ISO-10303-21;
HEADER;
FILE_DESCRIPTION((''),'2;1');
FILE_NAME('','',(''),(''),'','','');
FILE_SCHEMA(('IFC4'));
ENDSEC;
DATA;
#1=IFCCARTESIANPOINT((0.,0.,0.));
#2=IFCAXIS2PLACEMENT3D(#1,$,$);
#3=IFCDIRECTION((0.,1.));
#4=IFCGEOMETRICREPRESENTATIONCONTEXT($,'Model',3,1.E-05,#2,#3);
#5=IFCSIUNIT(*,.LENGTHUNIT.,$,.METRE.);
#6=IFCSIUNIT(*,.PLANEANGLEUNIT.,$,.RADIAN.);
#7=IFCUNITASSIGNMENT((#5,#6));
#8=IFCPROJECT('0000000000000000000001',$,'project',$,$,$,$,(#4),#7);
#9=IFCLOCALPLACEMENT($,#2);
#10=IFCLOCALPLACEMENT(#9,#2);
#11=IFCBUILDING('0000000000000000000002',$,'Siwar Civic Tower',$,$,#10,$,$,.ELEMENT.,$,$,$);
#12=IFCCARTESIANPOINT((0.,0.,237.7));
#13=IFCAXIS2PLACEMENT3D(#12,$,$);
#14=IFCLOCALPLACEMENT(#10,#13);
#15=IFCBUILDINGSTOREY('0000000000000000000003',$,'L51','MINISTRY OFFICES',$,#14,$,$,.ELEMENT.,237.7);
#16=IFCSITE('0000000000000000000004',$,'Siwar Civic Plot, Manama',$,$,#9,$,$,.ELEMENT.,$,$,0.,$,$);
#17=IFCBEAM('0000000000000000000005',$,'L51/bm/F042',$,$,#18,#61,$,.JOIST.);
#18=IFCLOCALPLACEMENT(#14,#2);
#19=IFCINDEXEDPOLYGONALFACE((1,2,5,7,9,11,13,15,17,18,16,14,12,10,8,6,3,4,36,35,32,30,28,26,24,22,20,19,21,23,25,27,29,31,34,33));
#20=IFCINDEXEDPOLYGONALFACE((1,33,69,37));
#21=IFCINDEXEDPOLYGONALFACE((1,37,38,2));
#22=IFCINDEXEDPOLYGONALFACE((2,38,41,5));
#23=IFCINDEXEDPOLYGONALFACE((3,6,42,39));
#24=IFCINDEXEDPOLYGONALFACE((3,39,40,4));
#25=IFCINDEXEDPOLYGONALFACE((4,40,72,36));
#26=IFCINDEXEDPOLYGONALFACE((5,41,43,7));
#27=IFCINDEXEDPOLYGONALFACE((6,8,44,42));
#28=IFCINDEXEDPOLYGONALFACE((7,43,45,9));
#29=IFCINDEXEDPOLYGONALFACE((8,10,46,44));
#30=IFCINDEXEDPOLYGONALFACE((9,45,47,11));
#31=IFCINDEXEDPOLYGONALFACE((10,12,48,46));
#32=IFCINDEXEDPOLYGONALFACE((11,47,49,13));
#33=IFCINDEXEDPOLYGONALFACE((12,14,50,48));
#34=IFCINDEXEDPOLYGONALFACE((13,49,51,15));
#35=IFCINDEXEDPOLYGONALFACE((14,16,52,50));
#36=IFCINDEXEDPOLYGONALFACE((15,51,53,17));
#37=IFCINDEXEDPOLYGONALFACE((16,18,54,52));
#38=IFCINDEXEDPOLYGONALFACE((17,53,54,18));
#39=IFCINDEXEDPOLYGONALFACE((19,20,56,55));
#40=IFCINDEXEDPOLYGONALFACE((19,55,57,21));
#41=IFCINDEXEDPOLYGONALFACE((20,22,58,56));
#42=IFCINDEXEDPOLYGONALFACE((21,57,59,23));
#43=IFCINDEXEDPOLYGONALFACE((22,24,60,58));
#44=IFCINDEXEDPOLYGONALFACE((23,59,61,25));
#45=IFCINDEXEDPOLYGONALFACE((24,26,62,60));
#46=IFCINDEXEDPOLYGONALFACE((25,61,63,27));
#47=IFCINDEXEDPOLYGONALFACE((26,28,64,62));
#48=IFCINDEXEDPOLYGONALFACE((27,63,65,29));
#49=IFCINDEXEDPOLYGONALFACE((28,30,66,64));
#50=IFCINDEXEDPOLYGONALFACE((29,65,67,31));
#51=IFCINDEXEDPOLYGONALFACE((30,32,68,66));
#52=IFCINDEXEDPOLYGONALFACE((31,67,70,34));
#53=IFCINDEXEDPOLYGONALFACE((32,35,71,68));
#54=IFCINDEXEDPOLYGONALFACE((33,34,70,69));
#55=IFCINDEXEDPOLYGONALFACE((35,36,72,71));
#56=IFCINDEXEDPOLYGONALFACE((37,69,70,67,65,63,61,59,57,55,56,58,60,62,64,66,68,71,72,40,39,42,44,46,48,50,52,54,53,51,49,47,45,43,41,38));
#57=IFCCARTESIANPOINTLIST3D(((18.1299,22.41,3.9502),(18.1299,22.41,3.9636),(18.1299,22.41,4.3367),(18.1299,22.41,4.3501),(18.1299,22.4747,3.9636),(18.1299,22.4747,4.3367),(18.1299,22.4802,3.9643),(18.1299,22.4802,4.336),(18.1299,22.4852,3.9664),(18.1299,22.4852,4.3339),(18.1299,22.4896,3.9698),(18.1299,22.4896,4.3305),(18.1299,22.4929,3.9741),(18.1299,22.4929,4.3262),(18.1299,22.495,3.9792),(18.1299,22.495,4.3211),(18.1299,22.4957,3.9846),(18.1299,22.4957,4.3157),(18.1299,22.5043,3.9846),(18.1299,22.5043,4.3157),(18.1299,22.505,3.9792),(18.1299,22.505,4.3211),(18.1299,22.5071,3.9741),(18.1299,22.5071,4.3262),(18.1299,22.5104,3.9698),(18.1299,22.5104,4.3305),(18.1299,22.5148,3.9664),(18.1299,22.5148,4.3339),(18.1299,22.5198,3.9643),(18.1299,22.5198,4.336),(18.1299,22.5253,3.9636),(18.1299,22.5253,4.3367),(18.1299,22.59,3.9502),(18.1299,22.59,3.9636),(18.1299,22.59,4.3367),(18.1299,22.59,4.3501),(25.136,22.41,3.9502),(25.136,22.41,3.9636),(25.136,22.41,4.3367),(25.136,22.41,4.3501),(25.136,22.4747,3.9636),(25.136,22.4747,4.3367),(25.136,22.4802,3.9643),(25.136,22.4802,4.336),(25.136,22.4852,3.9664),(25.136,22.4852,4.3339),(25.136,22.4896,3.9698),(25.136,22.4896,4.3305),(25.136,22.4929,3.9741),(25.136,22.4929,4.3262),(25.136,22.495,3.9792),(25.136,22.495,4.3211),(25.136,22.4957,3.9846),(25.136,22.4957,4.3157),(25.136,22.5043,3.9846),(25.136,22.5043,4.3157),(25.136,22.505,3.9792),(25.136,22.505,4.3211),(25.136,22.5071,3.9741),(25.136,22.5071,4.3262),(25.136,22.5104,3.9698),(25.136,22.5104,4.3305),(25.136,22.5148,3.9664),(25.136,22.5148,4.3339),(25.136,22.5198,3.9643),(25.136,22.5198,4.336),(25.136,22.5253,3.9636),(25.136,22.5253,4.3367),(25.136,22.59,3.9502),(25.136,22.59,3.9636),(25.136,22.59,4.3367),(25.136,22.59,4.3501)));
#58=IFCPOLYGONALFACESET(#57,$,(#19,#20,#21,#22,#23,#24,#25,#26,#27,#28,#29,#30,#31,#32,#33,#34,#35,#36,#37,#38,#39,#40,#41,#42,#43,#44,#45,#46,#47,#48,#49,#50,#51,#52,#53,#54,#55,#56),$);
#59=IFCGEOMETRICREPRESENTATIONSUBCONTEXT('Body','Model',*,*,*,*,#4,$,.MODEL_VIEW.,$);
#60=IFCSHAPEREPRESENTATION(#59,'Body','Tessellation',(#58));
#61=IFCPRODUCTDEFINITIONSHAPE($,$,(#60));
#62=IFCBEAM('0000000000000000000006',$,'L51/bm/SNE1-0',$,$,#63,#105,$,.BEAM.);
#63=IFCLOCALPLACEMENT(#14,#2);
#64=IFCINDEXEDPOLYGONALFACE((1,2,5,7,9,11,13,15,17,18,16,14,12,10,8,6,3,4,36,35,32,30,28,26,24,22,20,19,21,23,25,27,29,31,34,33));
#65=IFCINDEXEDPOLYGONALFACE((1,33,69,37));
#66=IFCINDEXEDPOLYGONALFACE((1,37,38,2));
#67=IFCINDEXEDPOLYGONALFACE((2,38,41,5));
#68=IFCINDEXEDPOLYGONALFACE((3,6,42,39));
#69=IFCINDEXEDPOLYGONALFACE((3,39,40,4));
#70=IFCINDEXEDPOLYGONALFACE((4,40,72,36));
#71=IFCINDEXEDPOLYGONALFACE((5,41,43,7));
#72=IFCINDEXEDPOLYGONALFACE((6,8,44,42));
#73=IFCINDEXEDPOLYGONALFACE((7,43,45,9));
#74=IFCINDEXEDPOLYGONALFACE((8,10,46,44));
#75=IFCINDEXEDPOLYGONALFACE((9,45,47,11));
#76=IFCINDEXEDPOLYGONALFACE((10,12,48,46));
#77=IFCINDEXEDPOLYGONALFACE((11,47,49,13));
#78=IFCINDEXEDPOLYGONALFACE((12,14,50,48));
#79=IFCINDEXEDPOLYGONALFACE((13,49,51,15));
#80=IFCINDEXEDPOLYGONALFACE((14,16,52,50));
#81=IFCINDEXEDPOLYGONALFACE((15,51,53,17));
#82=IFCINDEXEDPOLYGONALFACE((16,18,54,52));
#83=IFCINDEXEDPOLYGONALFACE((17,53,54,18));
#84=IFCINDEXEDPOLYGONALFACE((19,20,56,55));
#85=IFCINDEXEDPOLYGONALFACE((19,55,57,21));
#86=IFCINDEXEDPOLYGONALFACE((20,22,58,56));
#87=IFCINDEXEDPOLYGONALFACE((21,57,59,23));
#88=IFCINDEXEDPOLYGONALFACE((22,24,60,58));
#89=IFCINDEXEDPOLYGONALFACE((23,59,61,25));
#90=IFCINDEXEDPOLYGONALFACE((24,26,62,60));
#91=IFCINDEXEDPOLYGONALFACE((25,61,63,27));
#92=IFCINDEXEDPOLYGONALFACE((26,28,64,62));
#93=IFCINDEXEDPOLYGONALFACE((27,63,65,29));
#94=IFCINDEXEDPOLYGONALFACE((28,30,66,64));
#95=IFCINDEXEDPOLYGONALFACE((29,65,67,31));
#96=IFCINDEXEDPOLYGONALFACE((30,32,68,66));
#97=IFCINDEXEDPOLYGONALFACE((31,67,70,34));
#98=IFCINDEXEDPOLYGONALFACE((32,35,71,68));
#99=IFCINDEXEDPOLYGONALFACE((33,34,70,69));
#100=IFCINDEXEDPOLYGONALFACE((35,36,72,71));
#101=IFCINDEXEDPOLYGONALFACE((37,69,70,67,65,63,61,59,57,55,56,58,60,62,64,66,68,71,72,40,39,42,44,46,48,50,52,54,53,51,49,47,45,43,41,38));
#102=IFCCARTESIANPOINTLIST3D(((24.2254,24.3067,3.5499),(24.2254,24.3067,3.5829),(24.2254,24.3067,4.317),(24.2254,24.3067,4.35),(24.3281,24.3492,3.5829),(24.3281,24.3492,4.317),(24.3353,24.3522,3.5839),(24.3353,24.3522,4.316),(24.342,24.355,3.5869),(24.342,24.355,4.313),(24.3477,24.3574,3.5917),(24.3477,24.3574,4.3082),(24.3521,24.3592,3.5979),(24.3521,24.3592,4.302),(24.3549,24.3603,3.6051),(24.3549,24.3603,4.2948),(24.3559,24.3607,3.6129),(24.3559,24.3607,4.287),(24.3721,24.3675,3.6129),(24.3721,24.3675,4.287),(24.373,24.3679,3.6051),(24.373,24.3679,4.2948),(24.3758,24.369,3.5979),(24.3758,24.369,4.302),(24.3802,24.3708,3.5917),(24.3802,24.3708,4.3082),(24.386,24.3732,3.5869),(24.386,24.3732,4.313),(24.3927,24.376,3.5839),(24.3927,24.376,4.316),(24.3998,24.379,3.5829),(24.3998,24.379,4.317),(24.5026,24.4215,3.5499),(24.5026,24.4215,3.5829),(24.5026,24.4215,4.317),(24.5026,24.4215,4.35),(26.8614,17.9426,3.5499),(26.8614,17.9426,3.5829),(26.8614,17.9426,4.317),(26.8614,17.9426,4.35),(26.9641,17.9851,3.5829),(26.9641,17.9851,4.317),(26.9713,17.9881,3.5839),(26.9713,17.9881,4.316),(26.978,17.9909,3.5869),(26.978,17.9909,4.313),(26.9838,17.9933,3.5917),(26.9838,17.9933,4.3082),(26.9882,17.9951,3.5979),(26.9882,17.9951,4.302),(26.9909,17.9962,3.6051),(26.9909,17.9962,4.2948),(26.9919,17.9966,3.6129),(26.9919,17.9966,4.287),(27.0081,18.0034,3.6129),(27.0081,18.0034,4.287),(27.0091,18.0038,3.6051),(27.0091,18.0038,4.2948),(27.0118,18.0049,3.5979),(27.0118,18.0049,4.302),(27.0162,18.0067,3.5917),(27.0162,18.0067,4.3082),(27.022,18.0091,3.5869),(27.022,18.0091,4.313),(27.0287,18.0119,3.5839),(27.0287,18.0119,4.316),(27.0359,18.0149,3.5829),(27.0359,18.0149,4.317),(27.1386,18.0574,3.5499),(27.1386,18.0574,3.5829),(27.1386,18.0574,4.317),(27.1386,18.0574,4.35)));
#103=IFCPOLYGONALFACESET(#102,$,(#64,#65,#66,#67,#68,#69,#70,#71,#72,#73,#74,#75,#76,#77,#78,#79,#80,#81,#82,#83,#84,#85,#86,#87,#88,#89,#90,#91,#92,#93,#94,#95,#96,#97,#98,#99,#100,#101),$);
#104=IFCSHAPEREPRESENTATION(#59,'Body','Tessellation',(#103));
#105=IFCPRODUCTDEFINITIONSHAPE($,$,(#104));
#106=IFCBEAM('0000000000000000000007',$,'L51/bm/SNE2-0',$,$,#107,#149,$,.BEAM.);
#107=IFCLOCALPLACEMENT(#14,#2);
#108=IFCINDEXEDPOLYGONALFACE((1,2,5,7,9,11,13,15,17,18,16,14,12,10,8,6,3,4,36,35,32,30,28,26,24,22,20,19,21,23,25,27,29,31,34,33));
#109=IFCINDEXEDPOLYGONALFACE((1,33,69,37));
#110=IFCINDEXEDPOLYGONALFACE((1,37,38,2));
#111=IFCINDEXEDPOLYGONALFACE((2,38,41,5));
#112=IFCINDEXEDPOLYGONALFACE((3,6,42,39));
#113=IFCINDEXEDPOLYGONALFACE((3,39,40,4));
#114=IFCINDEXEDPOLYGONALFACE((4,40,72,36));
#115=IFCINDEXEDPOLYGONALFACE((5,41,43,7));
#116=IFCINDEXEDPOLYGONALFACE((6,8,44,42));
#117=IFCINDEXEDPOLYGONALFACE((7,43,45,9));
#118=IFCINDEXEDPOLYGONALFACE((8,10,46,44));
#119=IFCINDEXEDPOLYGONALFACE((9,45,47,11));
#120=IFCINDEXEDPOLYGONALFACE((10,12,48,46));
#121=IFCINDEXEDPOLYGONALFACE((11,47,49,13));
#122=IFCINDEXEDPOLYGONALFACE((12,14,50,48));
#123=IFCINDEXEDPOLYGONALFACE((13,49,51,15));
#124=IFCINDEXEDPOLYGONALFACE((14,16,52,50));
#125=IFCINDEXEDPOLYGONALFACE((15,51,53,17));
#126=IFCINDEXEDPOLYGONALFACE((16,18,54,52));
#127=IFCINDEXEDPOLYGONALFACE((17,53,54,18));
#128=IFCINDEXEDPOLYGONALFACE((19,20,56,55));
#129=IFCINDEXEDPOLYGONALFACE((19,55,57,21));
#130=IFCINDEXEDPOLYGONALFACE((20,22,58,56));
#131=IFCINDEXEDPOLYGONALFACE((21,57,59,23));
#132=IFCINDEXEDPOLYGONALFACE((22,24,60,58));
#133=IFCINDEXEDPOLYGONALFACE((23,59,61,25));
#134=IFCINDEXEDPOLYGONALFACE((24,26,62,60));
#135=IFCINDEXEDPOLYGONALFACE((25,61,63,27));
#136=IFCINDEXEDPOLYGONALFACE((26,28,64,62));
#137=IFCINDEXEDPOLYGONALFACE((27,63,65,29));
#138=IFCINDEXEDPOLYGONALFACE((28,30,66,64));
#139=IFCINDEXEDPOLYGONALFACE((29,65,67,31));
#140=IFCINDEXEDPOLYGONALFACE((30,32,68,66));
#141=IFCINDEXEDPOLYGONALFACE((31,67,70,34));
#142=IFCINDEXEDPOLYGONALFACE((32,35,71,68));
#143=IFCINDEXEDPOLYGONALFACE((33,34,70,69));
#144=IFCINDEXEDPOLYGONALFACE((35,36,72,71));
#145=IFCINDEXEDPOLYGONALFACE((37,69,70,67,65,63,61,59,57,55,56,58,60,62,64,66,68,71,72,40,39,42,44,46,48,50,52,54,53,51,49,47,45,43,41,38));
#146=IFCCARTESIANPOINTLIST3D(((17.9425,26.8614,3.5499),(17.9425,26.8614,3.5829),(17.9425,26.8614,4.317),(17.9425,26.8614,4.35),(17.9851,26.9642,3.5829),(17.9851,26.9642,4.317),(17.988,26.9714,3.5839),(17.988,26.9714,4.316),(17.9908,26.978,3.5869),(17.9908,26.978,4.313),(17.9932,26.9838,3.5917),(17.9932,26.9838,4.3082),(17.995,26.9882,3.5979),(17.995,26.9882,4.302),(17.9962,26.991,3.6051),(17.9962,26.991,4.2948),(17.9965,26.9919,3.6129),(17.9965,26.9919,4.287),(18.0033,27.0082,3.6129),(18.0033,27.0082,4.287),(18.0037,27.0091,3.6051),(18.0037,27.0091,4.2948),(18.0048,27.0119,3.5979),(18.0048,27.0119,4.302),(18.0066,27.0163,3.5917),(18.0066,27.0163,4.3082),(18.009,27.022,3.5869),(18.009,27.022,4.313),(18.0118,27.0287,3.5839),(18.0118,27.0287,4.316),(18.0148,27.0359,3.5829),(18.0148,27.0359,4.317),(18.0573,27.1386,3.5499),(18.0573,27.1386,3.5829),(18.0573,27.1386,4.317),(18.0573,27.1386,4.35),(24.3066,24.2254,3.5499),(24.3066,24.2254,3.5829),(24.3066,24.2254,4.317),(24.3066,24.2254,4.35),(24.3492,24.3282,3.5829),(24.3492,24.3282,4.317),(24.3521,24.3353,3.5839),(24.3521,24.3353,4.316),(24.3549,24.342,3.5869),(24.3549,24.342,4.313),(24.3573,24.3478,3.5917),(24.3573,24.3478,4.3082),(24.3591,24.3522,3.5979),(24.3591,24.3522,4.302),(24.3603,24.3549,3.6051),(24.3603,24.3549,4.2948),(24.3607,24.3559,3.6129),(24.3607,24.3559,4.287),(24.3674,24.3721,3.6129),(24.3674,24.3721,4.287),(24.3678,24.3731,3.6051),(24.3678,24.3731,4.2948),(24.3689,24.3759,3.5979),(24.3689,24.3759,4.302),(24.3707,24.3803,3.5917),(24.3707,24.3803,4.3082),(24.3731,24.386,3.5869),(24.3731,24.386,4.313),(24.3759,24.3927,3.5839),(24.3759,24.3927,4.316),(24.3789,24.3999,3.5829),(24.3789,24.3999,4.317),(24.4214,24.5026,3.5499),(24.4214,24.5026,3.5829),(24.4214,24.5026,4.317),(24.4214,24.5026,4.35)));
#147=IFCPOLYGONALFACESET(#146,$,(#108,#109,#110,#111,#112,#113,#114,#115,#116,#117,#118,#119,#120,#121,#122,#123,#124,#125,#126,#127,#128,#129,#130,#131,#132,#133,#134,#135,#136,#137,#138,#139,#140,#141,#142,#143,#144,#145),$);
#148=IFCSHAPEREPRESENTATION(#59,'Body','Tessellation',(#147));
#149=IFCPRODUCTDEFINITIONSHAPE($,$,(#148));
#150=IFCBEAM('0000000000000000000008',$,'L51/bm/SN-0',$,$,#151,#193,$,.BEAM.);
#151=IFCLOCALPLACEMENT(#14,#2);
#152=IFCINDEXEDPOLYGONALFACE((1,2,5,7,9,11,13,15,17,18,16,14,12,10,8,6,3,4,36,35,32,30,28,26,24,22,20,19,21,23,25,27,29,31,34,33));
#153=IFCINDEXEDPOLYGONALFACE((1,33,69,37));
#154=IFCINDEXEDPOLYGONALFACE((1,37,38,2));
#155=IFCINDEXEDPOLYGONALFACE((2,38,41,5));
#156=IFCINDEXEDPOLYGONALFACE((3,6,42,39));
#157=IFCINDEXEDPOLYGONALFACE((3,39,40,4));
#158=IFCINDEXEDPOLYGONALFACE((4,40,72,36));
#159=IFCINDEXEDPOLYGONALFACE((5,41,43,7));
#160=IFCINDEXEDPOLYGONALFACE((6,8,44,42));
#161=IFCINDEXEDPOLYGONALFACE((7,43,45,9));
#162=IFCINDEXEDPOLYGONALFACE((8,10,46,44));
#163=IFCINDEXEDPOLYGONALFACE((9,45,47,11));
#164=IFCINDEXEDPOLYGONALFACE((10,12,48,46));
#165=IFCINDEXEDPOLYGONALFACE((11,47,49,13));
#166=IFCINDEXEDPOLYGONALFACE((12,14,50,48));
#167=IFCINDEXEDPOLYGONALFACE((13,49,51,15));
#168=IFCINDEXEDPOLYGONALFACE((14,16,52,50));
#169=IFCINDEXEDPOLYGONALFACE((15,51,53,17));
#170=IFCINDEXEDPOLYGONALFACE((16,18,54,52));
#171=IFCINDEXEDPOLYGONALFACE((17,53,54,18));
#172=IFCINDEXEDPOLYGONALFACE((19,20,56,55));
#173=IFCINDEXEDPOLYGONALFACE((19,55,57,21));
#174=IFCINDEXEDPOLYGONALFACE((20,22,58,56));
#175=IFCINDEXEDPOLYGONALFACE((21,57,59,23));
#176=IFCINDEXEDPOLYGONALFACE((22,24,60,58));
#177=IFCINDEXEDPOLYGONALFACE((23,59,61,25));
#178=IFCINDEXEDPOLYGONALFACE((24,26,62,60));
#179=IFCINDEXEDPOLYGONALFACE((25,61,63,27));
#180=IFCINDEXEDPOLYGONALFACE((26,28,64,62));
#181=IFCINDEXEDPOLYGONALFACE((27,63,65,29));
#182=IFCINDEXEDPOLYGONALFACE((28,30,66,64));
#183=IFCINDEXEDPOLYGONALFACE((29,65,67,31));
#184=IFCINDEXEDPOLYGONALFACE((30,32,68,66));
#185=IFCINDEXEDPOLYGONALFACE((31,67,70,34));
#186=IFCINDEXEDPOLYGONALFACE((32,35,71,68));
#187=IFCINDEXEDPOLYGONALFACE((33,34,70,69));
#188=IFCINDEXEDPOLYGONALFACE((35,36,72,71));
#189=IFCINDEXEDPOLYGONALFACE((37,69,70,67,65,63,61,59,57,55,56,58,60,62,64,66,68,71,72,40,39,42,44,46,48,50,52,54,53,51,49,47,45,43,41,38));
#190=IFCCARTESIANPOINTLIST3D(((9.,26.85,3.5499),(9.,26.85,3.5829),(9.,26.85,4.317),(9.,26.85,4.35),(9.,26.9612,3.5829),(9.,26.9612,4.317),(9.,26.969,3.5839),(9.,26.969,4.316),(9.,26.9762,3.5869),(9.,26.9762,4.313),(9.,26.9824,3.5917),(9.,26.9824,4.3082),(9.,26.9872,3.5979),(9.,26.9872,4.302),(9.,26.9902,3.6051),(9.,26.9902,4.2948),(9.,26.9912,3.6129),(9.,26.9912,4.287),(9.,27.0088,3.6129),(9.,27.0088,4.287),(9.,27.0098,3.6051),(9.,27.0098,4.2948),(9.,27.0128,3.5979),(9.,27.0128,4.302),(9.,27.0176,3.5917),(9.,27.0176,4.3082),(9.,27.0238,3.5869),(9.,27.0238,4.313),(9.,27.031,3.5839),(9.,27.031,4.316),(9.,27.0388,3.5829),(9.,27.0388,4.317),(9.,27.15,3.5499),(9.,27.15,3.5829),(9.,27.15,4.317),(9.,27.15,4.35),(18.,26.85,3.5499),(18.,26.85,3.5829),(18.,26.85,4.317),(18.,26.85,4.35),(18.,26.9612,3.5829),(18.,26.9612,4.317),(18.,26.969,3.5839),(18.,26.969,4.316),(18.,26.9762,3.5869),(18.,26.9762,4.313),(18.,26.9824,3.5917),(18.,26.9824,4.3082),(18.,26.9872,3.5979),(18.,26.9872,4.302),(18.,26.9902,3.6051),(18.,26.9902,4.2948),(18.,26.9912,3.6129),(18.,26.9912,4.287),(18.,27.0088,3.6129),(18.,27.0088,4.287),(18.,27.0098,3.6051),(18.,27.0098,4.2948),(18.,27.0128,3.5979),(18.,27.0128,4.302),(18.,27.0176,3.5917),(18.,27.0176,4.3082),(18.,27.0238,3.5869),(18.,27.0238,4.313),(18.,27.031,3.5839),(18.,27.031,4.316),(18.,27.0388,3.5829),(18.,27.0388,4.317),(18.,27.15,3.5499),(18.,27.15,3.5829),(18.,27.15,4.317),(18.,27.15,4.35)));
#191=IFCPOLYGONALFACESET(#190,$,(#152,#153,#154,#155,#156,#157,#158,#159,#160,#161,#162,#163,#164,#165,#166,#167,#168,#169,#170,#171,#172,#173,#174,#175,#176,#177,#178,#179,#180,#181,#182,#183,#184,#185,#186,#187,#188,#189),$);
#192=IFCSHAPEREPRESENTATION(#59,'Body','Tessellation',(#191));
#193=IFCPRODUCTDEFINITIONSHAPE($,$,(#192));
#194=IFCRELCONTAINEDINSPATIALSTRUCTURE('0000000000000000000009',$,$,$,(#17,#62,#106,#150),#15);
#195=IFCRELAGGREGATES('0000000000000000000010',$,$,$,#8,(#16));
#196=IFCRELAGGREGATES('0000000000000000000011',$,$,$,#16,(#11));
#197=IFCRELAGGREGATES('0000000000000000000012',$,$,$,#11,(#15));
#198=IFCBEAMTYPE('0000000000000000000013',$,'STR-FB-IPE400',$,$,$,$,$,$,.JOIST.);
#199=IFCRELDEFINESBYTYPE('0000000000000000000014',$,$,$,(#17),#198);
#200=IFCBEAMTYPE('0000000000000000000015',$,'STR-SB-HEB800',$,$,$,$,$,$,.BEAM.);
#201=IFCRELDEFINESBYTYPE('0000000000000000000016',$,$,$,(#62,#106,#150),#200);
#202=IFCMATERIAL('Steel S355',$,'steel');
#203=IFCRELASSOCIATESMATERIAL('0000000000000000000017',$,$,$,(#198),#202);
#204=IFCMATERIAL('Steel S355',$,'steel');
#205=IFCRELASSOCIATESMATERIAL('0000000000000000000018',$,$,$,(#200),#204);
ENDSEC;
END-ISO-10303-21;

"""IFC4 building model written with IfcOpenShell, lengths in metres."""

from ifc_helpers import new_model, si_unit, direction, frame, origin, origin_2d, place, context, subcontext, project, spatial, i_section, extrude, material, material_profile, profile_set, type_object, element, save


model = new_model("IFC4")

# Units and contexts
model_context = context("Model", 3, precision=1e-05, world=origin(), true_north=direction((0.0, 1.0)))
body_context = subcontext(model_context, "Body", "Model", "MODEL_VIEW")
ifc_project = project(units=[si_unit("LENGTHUNIT", "METRE"), si_unit("PLANEANGLEUNIT", "RADIAN")], contexts=[model_context])

# Site, building, storey
site_placement = place(None, origin())
site = spatial("IfcSite", under=ifc_project, at=site_placement, Name="Siwar Civic Plot, Manama", CompositionType="ELEMENT", RefElevation=0.0)
building_placement = place(site_placement, origin())
building = spatial("IfcBuilding", under=site, at=building_placement, Name="Siwar Civic Tower", CompositionType="ELEMENT")
storey_placement = place(building_placement, frame((0.0, 0.0, 237.7)))
storey = spatial("IfcBuildingStorey", under=building, at=storey_placement, Name="L51", Description="MINISTRY OFFICES", CompositionType="ELEMENT", Elevation=237.7)

# Beams
ifc_material_1 = material(Name="Steel S355", Category="steel")
ifc_material_profile_1 = material_profile(ifc_material_1, i_section(OverallWidth=0.1799, OverallDepth=0.3999, WebThickness=0.0085, FlangeThickness=0.0134, FilletRadius=0.021, at=origin_2d()), Name="IPE400")
ifc_profile_set_1 = profile_set([ifc_material_profile_1], Name="Steel S355")
beam_type_1 = type_object("IfcBeamType", Name="STR-FB-IPE400", PredefinedType="JOIST", material=ifc_profile_set_1)
beam_1_placement = place(storey_placement, frame((18.1299, 22.5, 4.1501), z_axis=(1.0, 0.0, 0.0), x_axis=(0.0, 1.0, 0.0)))
element("IfcBeam", 1, at=beam_1_placement, inside=storey, type_object=beam_type_1, Name="L51/bm/F042", PredefinedType="JOIST", context=body_context, shape_type="SweptSolid", body=[
    extrude(i_section(OverallWidth=0.1799, OverallDepth=0.3999, WebThickness=0.0085, FlangeThickness=0.0134, FilletRadius=0.021, at=origin_2d()), origin(), (0.0, 0.0, 1.0), 7.0061),
])
ifc_material_2 = material(Name="Steel S355", Category="steel")
ifc_material_profile_2 = material_profile(ifc_material_2, i_section(OverallWidth=0.3, OverallDepth=0.8, WebThickness=0.0176, FlangeThickness=0.033, FilletRadius=0.03, at=origin_2d()), Name="HEB800")
ifc_profile_set_2 = profile_set([ifc_material_profile_2], Name="Steel S355")
beam_type_2 = type_object("IfcBeamType", Name="STR-SB-HEB800", PredefinedType="BEAM", material=ifc_profile_set_2)
for number, where, z_axis, x_axis, name in (
    (2, (27.0, 18.0, 3.95), (-0.382674, 0.923883, 0.0), (-0.923883, -0.382674, 0.0), "L51/bm/SNE1-0"),
    (3, (24.364, 24.364, 3.95), (-0.923883, 0.382674, 0.0), (-0.382674, -0.923883, 0.0), "L51/bm/SNE2-0"),
):
    element("IfcBeam", number, at=place(storey_placement, frame(where, z_axis=z_axis, x_axis=x_axis)), inside=storey, type_object=beam_type_2, Name=name, PredefinedType="BEAM", context=body_context, shape_type="SweptSolid", body=[
        extrude(i_section(OverallWidth=0.3, OverallDepth=0.8, WebThickness=0.0176, FlangeThickness=0.033, FilletRadius=0.03, at=origin_2d()), origin(), (0.0, 0.0, 1.0), 6.8884),
    ])
beam_2_placement = place(storey_placement, frame((18.0, 27.0, 3.95), z_axis=(-1.0, 0.0, 0.0), x_axis=(0.0, -1.0, 0.0)))
element("IfcBeam", 4, at=beam_2_placement, inside=storey, type_object=beam_type_2, Name="L51/bm/SN-0", PredefinedType="BEAM", context=body_context, shape_type="SweptSolid", body=[
    extrude(i_section(OverallWidth=0.3, OverallDepth=0.8, WebThickness=0.0176, FlangeThickness=0.033, FilletRadius=0.03, at=origin_2d()), origin(), (0.0, 0.0, 1.0), 9.0),
])

save(model, "model.ifc")
